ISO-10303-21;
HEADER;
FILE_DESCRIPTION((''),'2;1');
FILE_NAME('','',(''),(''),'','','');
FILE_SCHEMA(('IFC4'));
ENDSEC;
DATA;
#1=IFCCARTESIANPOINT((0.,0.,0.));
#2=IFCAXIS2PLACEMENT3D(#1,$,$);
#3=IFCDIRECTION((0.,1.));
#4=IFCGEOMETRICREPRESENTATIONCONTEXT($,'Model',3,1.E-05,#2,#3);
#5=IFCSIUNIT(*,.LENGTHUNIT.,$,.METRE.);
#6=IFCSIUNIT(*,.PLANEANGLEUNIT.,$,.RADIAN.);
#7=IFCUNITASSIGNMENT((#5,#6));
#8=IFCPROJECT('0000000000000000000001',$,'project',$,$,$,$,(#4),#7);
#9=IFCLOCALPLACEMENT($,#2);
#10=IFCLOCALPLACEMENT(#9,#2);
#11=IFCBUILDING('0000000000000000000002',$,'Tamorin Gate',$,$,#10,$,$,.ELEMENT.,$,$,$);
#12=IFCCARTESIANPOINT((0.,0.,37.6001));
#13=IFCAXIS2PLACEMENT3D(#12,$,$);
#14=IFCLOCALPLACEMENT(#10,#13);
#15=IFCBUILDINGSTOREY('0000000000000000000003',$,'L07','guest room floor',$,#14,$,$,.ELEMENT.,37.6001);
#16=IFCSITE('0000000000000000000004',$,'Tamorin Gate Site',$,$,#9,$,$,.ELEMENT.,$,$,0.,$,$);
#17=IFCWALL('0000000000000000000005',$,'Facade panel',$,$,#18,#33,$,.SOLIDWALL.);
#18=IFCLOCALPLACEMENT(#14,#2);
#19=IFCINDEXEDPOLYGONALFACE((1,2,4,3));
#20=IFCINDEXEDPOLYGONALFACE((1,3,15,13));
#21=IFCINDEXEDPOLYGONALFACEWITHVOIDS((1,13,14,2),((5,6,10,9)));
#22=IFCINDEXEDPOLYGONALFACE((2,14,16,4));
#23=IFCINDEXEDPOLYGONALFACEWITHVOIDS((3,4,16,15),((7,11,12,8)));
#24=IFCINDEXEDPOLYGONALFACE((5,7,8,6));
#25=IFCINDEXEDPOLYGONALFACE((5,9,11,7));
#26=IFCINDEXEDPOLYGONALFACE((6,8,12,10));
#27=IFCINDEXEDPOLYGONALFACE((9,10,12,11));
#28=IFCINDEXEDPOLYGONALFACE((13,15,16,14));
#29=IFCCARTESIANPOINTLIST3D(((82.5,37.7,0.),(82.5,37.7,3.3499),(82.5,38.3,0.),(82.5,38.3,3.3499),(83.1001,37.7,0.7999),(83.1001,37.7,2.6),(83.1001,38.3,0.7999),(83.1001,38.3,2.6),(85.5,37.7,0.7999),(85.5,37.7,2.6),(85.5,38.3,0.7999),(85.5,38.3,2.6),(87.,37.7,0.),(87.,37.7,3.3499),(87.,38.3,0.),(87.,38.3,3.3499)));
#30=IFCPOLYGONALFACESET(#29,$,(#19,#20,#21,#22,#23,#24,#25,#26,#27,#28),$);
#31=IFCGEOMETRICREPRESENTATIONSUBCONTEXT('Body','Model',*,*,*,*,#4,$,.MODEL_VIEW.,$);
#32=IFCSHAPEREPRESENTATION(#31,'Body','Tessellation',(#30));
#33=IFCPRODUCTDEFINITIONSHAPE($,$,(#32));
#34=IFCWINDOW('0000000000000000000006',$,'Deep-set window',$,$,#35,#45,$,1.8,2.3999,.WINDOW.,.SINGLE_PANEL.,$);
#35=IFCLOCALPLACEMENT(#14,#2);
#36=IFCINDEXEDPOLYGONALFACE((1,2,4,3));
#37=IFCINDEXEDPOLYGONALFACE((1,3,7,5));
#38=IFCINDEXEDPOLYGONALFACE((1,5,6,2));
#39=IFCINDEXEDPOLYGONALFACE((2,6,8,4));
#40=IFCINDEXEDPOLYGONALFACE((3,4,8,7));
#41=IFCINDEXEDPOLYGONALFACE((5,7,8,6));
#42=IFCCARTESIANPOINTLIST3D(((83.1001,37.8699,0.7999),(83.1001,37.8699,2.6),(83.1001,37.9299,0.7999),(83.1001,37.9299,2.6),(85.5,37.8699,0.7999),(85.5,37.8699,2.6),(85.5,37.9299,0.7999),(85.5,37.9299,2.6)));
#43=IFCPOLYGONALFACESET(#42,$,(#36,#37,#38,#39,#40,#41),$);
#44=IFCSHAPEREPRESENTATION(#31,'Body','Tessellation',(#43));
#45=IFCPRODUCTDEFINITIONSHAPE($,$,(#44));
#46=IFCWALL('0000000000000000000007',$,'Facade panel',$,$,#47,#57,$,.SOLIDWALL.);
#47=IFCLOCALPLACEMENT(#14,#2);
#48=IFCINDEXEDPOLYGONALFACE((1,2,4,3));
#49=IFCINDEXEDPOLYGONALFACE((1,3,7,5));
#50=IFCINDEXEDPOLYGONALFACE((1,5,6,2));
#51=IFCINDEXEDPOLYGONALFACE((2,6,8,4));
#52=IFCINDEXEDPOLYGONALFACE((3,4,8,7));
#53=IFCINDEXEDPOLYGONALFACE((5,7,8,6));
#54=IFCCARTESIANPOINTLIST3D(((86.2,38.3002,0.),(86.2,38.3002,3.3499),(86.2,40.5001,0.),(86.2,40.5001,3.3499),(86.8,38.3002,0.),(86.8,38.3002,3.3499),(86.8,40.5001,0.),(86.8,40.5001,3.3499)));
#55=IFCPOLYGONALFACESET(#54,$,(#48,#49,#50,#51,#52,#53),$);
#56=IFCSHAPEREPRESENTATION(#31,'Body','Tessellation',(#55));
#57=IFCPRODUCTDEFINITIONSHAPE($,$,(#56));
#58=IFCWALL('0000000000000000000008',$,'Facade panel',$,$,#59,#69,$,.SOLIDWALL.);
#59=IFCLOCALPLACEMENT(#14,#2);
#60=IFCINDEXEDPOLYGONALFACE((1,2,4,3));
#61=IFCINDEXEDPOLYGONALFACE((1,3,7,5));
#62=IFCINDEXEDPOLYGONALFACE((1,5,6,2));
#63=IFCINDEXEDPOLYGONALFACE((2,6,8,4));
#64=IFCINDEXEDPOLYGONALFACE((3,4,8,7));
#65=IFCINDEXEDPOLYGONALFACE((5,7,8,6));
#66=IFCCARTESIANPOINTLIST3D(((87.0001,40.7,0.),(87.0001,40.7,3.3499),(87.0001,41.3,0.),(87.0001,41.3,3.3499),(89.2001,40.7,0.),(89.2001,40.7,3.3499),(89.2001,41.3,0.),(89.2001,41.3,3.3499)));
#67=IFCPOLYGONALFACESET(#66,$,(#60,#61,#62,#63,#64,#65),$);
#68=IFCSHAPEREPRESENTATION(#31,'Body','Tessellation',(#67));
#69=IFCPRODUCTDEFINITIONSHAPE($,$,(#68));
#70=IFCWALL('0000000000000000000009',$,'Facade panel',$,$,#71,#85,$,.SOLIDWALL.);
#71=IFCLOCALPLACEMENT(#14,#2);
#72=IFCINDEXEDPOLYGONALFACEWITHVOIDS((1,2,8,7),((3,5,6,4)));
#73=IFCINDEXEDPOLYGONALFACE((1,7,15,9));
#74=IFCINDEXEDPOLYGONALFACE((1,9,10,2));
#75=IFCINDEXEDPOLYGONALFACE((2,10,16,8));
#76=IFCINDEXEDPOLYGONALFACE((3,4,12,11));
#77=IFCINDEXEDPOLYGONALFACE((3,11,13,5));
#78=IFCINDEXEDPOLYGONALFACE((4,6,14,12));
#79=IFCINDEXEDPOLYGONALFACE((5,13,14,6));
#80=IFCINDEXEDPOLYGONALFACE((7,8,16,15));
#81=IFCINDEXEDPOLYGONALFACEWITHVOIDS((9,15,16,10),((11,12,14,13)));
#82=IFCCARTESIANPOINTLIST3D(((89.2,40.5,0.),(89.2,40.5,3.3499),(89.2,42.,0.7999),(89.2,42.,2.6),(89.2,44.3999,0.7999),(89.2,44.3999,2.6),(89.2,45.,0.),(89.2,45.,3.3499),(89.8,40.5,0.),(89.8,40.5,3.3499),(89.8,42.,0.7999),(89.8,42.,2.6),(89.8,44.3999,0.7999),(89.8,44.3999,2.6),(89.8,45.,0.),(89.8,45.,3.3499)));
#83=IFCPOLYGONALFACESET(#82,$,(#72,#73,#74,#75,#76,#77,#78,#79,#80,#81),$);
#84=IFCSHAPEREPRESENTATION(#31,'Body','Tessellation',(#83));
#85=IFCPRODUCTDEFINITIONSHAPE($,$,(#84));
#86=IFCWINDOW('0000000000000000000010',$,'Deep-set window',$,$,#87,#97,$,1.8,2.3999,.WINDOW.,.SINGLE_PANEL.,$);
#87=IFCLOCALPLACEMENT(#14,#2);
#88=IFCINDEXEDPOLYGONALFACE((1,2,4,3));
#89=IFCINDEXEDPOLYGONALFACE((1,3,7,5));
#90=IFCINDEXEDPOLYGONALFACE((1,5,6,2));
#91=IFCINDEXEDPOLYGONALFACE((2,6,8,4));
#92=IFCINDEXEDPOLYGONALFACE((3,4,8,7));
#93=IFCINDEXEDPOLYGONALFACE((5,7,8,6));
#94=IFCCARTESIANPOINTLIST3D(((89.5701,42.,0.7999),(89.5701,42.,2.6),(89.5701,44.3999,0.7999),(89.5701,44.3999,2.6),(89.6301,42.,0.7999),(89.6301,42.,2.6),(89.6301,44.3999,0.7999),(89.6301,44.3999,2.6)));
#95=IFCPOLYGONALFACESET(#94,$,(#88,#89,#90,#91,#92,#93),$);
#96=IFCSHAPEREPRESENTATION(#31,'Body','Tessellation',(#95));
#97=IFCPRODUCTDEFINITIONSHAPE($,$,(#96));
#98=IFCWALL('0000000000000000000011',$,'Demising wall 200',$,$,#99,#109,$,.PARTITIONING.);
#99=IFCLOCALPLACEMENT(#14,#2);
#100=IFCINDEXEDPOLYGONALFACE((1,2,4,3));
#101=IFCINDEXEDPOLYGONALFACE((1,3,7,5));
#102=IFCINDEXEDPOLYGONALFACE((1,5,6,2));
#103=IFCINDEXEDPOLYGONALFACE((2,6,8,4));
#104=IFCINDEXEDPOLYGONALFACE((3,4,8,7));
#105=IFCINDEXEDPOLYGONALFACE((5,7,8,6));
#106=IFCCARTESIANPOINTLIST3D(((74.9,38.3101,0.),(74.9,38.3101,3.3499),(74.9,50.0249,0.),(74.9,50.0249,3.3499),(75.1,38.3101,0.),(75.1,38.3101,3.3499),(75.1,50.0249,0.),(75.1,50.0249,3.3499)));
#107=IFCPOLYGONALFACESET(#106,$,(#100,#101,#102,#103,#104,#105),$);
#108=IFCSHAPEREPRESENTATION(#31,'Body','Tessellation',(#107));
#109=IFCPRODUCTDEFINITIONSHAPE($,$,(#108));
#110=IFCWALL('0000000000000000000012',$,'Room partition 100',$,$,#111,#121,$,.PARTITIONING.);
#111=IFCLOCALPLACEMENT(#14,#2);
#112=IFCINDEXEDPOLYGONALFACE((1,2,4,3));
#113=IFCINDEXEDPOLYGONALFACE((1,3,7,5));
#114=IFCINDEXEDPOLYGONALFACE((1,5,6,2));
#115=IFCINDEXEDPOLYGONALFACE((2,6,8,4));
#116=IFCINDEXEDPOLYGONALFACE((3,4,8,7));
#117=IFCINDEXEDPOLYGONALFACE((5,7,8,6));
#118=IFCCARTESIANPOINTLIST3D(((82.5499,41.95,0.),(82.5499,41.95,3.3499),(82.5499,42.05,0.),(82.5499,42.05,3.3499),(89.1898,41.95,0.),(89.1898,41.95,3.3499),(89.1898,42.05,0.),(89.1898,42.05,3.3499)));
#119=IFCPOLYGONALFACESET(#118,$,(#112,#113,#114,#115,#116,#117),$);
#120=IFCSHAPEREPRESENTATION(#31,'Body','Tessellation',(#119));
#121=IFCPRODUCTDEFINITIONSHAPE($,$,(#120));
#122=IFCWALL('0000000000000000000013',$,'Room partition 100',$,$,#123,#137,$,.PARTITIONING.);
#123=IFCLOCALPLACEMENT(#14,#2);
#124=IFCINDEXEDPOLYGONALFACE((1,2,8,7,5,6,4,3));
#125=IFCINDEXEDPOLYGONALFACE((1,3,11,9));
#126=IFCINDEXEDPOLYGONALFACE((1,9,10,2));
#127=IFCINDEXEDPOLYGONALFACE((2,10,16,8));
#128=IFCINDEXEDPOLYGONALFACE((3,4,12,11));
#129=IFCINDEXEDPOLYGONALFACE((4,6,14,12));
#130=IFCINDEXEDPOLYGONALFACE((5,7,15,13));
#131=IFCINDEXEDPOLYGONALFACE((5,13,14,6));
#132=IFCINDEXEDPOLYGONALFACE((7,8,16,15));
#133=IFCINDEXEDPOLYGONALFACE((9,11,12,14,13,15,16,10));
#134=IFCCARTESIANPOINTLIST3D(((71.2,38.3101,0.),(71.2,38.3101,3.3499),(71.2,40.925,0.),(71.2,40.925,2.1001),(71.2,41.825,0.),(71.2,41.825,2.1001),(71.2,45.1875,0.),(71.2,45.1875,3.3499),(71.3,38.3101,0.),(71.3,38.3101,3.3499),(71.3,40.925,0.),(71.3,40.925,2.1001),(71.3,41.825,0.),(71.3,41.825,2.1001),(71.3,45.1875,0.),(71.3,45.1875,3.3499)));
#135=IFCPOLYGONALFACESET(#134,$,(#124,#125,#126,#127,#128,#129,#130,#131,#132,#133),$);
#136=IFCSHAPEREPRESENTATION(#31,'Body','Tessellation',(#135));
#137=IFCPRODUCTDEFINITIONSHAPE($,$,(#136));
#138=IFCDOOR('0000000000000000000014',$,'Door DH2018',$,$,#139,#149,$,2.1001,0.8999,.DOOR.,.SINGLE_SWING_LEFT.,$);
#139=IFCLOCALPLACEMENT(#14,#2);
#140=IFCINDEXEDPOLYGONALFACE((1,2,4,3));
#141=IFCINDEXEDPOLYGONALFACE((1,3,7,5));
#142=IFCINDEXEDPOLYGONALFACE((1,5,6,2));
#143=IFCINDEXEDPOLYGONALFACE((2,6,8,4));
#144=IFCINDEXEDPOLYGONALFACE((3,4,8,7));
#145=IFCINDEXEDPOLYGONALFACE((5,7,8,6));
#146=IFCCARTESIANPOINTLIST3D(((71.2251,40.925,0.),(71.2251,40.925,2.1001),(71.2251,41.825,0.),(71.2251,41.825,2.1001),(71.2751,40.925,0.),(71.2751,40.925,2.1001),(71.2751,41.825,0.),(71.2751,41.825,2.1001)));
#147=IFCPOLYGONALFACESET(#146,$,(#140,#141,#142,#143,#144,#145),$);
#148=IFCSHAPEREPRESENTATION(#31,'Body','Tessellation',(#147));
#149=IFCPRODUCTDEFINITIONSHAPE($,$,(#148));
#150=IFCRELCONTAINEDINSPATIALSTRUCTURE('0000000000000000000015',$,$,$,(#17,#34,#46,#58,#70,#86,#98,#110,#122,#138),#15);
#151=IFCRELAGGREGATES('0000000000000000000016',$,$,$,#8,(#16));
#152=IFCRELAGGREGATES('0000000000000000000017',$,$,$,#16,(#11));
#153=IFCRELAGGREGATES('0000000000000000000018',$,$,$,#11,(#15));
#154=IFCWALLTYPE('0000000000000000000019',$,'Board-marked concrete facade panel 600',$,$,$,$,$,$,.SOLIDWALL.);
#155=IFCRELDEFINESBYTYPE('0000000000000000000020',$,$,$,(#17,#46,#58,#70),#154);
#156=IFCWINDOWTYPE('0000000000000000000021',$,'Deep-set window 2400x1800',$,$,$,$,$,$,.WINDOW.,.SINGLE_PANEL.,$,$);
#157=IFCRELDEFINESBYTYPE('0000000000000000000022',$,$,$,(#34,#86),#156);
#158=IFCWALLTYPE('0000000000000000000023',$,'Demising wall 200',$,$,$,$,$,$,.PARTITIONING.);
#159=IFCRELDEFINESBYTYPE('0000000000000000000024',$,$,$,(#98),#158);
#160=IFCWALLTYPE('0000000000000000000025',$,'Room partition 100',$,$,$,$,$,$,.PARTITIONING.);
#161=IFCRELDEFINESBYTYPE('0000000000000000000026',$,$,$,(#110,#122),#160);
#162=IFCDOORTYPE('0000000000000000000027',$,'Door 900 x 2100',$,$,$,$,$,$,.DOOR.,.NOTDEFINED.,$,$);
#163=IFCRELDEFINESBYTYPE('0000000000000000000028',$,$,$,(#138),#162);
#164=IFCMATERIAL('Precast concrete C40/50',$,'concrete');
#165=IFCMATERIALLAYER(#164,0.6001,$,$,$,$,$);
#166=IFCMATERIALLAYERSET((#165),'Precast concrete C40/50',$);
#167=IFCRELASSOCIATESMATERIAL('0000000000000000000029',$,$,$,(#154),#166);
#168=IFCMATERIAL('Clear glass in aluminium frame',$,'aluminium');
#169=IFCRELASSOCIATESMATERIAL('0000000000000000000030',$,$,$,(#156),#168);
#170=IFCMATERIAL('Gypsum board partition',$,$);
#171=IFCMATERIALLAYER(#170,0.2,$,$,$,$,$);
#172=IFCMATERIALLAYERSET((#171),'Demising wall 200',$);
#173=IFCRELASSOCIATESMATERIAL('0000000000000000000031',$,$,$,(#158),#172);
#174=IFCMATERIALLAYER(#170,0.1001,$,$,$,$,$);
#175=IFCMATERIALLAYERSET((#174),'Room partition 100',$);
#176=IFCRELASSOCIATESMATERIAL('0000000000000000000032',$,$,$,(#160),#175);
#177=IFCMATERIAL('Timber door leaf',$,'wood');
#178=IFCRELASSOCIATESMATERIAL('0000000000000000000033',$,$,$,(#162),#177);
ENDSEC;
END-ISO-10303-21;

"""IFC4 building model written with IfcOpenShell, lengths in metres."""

from ifc_helpers import new_model, si_unit, direction, frame, frame_2d, origin, place, context, subcontext, project, spatial, rectangle, extrude, material, layer, layer_set, type_object, element, fill, save


model = new_model("IFC4")

# Units and contexts
model_context = context("Model", 3, precision=1e-05, world=origin(), true_north=direction((0.0, 1.0)))
body_context = subcontext(model_context, "Body", "Model", "MODEL_VIEW")
ifc_project = project(units=[si_unit("LENGTHUNIT", "METRE"), si_unit("PLANEANGLEUNIT", "RADIAN")], contexts=[model_context])

# Site, building, storey
site_placement = place(None, origin())
site = spatial("IfcSite", under=ifc_project, at=site_placement, Name="Tamorin Gate Site", CompositionType="ELEMENT", RefElevation=0.0)
building_placement = place(site_placement, origin())
building = spatial("IfcBuilding", under=site, at=building_placement, Name="Tamorin Gate", CompositionType="ELEMENT")
storey_placement = place(building_placement, frame((0.0, 0.0, 37.6001)))
storey = spatial("IfcBuildingStorey", under=building, at=storey_placement, Name="L07", Description="guest room floor", CompositionType="ELEMENT", Elevation=37.6001)

# Shared definitions
ifc_material_1 = material(Name="Precast concrete C40/50", Category="concrete")
ifc_layer_1 = layer(ifc_material_1, 0.6001)
ifc_layer_set_1 = layer_set([ifc_layer_1], Name="Precast concrete C40/50")
wall_type_1 = type_object("IfcWallType", Name="Board-marked concrete facade panel 600", PredefinedType="SOLIDWALL", material=ifc_layer_set_1)
ifc_material_2 = material(Name="Clear glass in aluminium frame", Category="aluminium")
window_type = type_object("IfcWindowType", Name="Deep-set window 2400x1800", PartitioningType="SINGLE_PANEL", PredefinedType="WINDOW", material=ifc_material_2)

# Wall, opening, window
wall_1_placement = place(storey_placement, frame((82.5, 38.0, 0.0), z_axis=(0.0, 0.0, 1.0), x_axis=(1.0, 0.0, 0.0)))
wall_1 = element("IfcWall", 1, at=wall_1_placement, inside=storey, type_object=wall_type_1, Name="Facade panel", PredefinedType="SOLIDWALL", context=body_context, shape_type="SweptSolid", body=[
    extrude(rectangle(XDim=4.5, YDim=0.6001, at=frame_2d((2.25, 0.0))), origin(), (0.0, 0.0, 1.0), 3.3499),
])
opening_1_placement = place(wall_1_placement, frame((0.6001, 0.0, 0.8)))
opening_1 = element("IfcOpeningElement", 2, at=opening_1_placement, cuts=wall_1, PredefinedType="OPENING", context=body_context, shape_type="SweptSolid", body=[
    extrude(rectangle(XDim=2.3999, YDim=1.8, at=frame_2d((1.2, 0.8999))), frame((0.0, 0.3101, 0.0), z_axis=(0.0, -1.0, 0.0), x_axis=(1.0, 0.0, 0.0)), (0.0, 0.0, 1.0), 0.6201),
])
window_1_placement = place(opening_1_placement, origin())
window_1 = element("IfcWindow", 3, at=window_1_placement, inside=storey, type_object=window_type, Name="Deep-set window", OverallHeight=1.8, OverallWidth=2.3999, PartitioningType="SINGLE_PANEL", PredefinedType="WINDOW", context=body_context, shape_type="SweptSolid", body=[
    extrude(rectangle(XDim=2.3999, YDim=1.8, at=frame_2d((1.2, 0.8999))), frame((0.0, -0.0701, 0.0), z_axis=(0.0, -1.0, 0.0), x_axis=(1.0, 0.0, 0.0)), (0.0, 0.0, 1.0), 0.0601),
])
fill(opening_1, window_1)

# Walls
for number, where, z_axis, x_axis, name in (
    (4, (86.5, 38.3, 0.0), (0.0, 0.0, 1.0), (0.0, 1.0, 0.0), "Facade panel"),
    (5, (87.0, 41.0, 0.0), (0.0, 0.0, 1.0), (1.0, 0.0, 0.0), "Facade panel"),
):
    element("IfcWall", number, at=place(storey_placement, frame(where, z_axis=z_axis, x_axis=x_axis)), inside=storey, type_object=wall_type_1, Name=name, PredefinedType="SOLIDWALL", context=body_context, shape_type="SweptSolid", body=[
        extrude(rectangle(XDim=2.2, YDim=0.6001, at=frame_2d((1.1001, 0.0))), origin(), (0.0, 0.0, 1.0), 3.3499),
    ])

# Wall, opening, window
wall_2_placement = place(storey_placement, frame((89.5, 40.5, 0.0), z_axis=(0.0, 0.0, 1.0), x_axis=(0.0, 1.0, 0.0)))
wall_2 = element("IfcWall", 6, at=wall_2_placement, inside=storey, type_object=wall_type_1, Name="Facade panel", PredefinedType="SOLIDWALL", context=body_context, shape_type="SweptSolid", body=[
    extrude(rectangle(XDim=4.5, YDim=0.6001, at=frame_2d((2.25, 0.0))), origin(), (0.0, 0.0, 1.0), 3.3499),
])
opening_2_placement = place(wall_2_placement, frame((1.5, 0.0, 0.8)))
opening_2 = element("IfcOpeningElement", 7, at=opening_2_placement, cuts=wall_2, PredefinedType="OPENING", context=body_context, shape_type="SweptSolid", body=[
    extrude(rectangle(XDim=2.3999, YDim=1.8, at=frame_2d((1.2, 0.8999))), frame((0.0, 0.3101, 0.0), z_axis=(0.0, -1.0, 0.0), x_axis=(1.0, 0.0, 0.0)), (0.0, 0.0, 1.0), 0.6201),
])
window_2_placement = place(opening_2_placement, origin())
window_2 = element("IfcWindow", 8, at=window_2_placement, inside=storey, type_object=window_type, Name="Deep-set window", OverallHeight=1.8, OverallWidth=2.3999, PartitioningType="SINGLE_PANEL", PredefinedType="WINDOW", context=body_context, shape_type="SweptSolid", body=[
    extrude(rectangle(XDim=2.3999, YDim=1.8, at=frame_2d((1.2, 0.8999))), frame((0.0, -0.0701, 0.0), z_axis=(0.0, -1.0, 0.0), x_axis=(1.0, 0.0, 0.0)), (0.0, 0.0, 1.0), 0.0601),
])
fill(opening_2, window_2)

# Walls
ifc_material_3 = material(Name="Gypsum board partition")
ifc_layer_2 = layer(ifc_material_3, 0.2)
ifc_layer_set_2 = layer_set([ifc_layer_2], Name="Demising wall 200")
wall_type_2 = type_object("IfcWallType", Name="Demising wall 200", PredefinedType="PARTITIONING", material=ifc_layer_set_2)
wall_3_placement = place(storey_placement, frame((75.0, 38.3101, 0.0), z_axis=(0.0, 0.0, 1.0), x_axis=(0.0, 1.0, 0.0)))
element("IfcWall", 9, at=wall_3_placement, inside=storey, type_object=wall_type_2, Name="Demising wall 200", PredefinedType="PARTITIONING", context=body_context, shape_type="SweptSolid", body=[
    extrude(rectangle(XDim=11.7148, YDim=0.2, at=frame_2d((5.8574, 0.0))), origin(), (0.0, 0.0, 1.0), 3.3499),
])
ifc_layer_3 = layer(ifc_material_3, 0.1001)
ifc_layer_set_3 = layer_set([ifc_layer_3], Name="Room partition 100")
wall_type_3 = type_object("IfcWallType", Name="Room partition 100", PredefinedType="PARTITIONING", material=ifc_layer_set_3)
wall_4_placement = place(storey_placement, frame((82.55, 42.0, 0.0), z_axis=(0.0, 0.0, 1.0), x_axis=(1.0, 0.0, 0.0)))
element("IfcWall", 10, at=wall_4_placement, inside=storey, type_object=wall_type_3, Name="Room partition 100", PredefinedType="PARTITIONING", context=body_context, shape_type="SweptSolid", body=[
    extrude(rectangle(XDim=6.6399, YDim=0.1001, at=frame_2d((3.3198, 0.0))), origin(), (0.0, 0.0, 1.0), 3.3499),
])

# Wall, opening, door
wall_5_placement = place(storey_placement, frame((71.25, 38.3101, 0.0), z_axis=(0.0, 0.0, 1.0), x_axis=(0.0, 1.0, 0.0)))
wall_5 = element("IfcWall", 11, at=wall_5_placement, inside=storey, type_object=wall_type_3, Name="Room partition 100", PredefinedType="PARTITIONING", context=body_context, shape_type="SweptSolid", body=[
    extrude(rectangle(XDim=6.8774, YDim=0.1001, at=frame_2d((3.4387, 0.0))), origin(), (0.0, 0.0, 1.0), 3.3499),
])
opening_3_placement = place(wall_5_placement, frame((2.615, 0.0, 0.0)))
opening_3 = element("IfcOpeningElement", 12, at=opening_3_placement, cuts=wall_5, PredefinedType="OPENING", context=body_context, shape_type="SweptSolid", body=[
    extrude(rectangle(XDim=0.8999, YDim=2.1001, at=frame_2d((0.45, 1.05))), frame((0.0, 0.0601, 0.0), z_axis=(0.0, -1.0, 0.0), x_axis=(1.0, 0.0, 0.0)), (0.0, 0.0, 1.0), 0.1201),
])
ifc_material_4 = material(Name="Timber door leaf", Category="wood")
door_type = type_object("IfcDoorType", Name="Door 900 x 2100", OperationType="NOTDEFINED", PredefinedType="DOOR", material=ifc_material_4)
door_1_placement = place(opening_3_placement, origin())
door_1 = element("IfcDoor", 13, at=door_1_placement, inside=storey, type_object=door_type, Name="Door DH2018", OperationType="SINGLE_SWING_LEFT", OverallHeight=2.1001, OverallWidth=0.8999, PredefinedType="DOOR", context=body_context, shape_type="SweptSolid", body=[
    extrude(rectangle(XDim=0.8999, YDim=2.1001, at=frame_2d((0.45, 1.05))), frame((0.0, 0.0249, 0.0), z_axis=(0.0, -1.0, 0.0), x_axis=(1.0, 0.0, 0.0)), (0.0, 0.0, 1.0), 0.05),
])
fill(opening_3, door_1)

save(model, "model.ifc")
